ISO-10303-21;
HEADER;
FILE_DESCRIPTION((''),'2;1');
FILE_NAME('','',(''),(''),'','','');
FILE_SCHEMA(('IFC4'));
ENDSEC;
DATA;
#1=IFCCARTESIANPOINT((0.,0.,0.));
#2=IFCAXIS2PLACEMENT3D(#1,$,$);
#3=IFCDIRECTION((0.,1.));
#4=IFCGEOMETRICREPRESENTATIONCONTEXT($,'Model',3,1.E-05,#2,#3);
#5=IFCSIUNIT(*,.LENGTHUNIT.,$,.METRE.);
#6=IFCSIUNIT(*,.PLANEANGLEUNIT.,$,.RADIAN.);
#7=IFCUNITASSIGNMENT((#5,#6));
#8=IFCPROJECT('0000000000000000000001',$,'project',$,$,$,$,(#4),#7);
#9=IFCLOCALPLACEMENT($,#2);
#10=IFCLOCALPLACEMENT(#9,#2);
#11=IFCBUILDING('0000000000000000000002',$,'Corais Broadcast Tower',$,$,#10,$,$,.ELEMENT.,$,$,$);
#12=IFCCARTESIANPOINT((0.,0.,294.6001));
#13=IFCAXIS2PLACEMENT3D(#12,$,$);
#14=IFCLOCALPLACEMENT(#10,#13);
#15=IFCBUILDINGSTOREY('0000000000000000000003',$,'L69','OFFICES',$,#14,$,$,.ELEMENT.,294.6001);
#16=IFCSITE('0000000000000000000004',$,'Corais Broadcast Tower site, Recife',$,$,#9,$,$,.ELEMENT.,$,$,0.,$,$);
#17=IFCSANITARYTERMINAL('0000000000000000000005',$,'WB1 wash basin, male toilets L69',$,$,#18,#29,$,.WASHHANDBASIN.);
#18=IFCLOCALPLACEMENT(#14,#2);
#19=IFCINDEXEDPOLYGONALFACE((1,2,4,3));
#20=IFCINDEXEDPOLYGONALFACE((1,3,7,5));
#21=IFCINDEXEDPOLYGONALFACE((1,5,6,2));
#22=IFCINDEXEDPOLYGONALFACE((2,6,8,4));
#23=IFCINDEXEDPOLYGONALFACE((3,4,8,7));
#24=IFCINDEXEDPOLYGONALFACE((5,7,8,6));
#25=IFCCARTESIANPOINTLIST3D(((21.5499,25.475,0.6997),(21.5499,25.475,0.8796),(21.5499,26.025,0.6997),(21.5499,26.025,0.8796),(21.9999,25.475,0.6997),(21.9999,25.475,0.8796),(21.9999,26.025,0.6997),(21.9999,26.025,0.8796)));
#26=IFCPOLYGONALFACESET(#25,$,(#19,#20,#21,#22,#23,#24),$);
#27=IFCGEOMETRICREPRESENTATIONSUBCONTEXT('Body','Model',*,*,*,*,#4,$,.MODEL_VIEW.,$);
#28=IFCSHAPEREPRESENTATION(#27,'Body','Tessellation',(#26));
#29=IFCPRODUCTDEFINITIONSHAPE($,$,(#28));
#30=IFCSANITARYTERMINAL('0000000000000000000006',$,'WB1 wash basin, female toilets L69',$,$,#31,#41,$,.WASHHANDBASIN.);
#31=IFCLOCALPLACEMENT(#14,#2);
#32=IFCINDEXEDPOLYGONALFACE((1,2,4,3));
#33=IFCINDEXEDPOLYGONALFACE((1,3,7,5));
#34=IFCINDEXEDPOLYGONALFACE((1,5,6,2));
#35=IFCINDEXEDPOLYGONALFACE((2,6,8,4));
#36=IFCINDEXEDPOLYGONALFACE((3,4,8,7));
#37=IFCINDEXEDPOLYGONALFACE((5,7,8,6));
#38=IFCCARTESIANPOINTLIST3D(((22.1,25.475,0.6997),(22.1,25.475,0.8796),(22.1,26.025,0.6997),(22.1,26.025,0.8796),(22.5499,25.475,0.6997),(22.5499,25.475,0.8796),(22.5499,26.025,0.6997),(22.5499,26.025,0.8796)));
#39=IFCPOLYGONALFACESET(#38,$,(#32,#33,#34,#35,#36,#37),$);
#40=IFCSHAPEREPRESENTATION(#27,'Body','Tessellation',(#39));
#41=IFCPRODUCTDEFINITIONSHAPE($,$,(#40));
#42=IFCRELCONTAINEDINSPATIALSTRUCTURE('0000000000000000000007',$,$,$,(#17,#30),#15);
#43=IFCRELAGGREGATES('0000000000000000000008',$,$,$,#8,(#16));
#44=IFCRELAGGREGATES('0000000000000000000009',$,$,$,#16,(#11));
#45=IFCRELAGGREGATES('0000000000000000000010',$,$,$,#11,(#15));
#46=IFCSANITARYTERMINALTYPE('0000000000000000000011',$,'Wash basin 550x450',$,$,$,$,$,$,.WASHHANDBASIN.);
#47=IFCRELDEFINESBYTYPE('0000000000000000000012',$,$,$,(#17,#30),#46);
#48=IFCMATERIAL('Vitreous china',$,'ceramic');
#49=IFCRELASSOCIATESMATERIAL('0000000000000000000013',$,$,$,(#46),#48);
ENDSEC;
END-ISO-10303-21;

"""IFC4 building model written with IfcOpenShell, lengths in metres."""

from ifc_helpers import new_model, si_unit, direction, frame, origin, origin_2d, place, context, subcontext, project, spatial, rectangle, extrude, material, type_object, element, save


model = new_model("IFC4")

# Units and contexts
model_context = context("Model", 3, precision=1e-05, world=origin(), true_north=direction((0.0, 1.0)))
body_context = subcontext(model_context, "Body", "Model", "MODEL_VIEW")
ifc_project = project(units=[si_unit("LENGTHUNIT", "METRE"), si_unit("PLANEANGLEUNIT", "RADIAN")], contexts=[model_context])

# Site, building, storey
site_placement = place(None, origin())
site = spatial("IfcSite", under=ifc_project, at=site_placement, Name="Corais Broadcast Tower site, Recife", CompositionType="ELEMENT", RefElevation=0.0)
building_placement = place(site_placement, origin())
building = spatial("IfcBuilding", under=site, at=building_placement, Name="Corais Broadcast Tower", CompositionType="ELEMENT")
storey_placement = place(building_placement, frame((0.0, 0.0, 294.6001)))
storey = spatial("IfcBuildingStorey", under=building, at=storey_placement, Name="L69", Description="OFFICES", CompositionType="ELEMENT", Elevation=294.6001)

# Sanitary terminals
ifc_material_1 = material(Name="Vitreous china", Category="ceramic")
sanitary_terminal_type_1 = type_object("IfcSanitaryTerminalType", Name="Wash basin 550x450", PredefinedType="WASHHANDBASIN", material=ifc_material_1)
for number, where, z_axis, x_axis, name in (
    (1, (21.7749, 25.75, 0.6997), (0.0, 0.0, 1.0), (1.0, 0.0, 0.0), "WB1 wash basin, male toilets L69"),
    (2, (22.325, 25.75, 0.6997), (0.0, 0.0, 1.0), (1.0, 0.0, 0.0), "WB1 wash basin, female toilets L69"),
):
    element("IfcSanitaryTerminal", number, at=place(storey_placement, frame(where, z_axis=z_axis, x_axis=x_axis)), inside=storey, type_object=sanitary_terminal_type_1, Name=name, PredefinedType="WASHHANDBASIN", context=body_context, shape_type="SweptSolid", body=[
        extrude(rectangle(XDim=0.45, YDim=0.55, at=origin_2d()), origin(), (0.0, 0.0, 1.0), 0.1799),
    ])

save(model, "model.ifc")
